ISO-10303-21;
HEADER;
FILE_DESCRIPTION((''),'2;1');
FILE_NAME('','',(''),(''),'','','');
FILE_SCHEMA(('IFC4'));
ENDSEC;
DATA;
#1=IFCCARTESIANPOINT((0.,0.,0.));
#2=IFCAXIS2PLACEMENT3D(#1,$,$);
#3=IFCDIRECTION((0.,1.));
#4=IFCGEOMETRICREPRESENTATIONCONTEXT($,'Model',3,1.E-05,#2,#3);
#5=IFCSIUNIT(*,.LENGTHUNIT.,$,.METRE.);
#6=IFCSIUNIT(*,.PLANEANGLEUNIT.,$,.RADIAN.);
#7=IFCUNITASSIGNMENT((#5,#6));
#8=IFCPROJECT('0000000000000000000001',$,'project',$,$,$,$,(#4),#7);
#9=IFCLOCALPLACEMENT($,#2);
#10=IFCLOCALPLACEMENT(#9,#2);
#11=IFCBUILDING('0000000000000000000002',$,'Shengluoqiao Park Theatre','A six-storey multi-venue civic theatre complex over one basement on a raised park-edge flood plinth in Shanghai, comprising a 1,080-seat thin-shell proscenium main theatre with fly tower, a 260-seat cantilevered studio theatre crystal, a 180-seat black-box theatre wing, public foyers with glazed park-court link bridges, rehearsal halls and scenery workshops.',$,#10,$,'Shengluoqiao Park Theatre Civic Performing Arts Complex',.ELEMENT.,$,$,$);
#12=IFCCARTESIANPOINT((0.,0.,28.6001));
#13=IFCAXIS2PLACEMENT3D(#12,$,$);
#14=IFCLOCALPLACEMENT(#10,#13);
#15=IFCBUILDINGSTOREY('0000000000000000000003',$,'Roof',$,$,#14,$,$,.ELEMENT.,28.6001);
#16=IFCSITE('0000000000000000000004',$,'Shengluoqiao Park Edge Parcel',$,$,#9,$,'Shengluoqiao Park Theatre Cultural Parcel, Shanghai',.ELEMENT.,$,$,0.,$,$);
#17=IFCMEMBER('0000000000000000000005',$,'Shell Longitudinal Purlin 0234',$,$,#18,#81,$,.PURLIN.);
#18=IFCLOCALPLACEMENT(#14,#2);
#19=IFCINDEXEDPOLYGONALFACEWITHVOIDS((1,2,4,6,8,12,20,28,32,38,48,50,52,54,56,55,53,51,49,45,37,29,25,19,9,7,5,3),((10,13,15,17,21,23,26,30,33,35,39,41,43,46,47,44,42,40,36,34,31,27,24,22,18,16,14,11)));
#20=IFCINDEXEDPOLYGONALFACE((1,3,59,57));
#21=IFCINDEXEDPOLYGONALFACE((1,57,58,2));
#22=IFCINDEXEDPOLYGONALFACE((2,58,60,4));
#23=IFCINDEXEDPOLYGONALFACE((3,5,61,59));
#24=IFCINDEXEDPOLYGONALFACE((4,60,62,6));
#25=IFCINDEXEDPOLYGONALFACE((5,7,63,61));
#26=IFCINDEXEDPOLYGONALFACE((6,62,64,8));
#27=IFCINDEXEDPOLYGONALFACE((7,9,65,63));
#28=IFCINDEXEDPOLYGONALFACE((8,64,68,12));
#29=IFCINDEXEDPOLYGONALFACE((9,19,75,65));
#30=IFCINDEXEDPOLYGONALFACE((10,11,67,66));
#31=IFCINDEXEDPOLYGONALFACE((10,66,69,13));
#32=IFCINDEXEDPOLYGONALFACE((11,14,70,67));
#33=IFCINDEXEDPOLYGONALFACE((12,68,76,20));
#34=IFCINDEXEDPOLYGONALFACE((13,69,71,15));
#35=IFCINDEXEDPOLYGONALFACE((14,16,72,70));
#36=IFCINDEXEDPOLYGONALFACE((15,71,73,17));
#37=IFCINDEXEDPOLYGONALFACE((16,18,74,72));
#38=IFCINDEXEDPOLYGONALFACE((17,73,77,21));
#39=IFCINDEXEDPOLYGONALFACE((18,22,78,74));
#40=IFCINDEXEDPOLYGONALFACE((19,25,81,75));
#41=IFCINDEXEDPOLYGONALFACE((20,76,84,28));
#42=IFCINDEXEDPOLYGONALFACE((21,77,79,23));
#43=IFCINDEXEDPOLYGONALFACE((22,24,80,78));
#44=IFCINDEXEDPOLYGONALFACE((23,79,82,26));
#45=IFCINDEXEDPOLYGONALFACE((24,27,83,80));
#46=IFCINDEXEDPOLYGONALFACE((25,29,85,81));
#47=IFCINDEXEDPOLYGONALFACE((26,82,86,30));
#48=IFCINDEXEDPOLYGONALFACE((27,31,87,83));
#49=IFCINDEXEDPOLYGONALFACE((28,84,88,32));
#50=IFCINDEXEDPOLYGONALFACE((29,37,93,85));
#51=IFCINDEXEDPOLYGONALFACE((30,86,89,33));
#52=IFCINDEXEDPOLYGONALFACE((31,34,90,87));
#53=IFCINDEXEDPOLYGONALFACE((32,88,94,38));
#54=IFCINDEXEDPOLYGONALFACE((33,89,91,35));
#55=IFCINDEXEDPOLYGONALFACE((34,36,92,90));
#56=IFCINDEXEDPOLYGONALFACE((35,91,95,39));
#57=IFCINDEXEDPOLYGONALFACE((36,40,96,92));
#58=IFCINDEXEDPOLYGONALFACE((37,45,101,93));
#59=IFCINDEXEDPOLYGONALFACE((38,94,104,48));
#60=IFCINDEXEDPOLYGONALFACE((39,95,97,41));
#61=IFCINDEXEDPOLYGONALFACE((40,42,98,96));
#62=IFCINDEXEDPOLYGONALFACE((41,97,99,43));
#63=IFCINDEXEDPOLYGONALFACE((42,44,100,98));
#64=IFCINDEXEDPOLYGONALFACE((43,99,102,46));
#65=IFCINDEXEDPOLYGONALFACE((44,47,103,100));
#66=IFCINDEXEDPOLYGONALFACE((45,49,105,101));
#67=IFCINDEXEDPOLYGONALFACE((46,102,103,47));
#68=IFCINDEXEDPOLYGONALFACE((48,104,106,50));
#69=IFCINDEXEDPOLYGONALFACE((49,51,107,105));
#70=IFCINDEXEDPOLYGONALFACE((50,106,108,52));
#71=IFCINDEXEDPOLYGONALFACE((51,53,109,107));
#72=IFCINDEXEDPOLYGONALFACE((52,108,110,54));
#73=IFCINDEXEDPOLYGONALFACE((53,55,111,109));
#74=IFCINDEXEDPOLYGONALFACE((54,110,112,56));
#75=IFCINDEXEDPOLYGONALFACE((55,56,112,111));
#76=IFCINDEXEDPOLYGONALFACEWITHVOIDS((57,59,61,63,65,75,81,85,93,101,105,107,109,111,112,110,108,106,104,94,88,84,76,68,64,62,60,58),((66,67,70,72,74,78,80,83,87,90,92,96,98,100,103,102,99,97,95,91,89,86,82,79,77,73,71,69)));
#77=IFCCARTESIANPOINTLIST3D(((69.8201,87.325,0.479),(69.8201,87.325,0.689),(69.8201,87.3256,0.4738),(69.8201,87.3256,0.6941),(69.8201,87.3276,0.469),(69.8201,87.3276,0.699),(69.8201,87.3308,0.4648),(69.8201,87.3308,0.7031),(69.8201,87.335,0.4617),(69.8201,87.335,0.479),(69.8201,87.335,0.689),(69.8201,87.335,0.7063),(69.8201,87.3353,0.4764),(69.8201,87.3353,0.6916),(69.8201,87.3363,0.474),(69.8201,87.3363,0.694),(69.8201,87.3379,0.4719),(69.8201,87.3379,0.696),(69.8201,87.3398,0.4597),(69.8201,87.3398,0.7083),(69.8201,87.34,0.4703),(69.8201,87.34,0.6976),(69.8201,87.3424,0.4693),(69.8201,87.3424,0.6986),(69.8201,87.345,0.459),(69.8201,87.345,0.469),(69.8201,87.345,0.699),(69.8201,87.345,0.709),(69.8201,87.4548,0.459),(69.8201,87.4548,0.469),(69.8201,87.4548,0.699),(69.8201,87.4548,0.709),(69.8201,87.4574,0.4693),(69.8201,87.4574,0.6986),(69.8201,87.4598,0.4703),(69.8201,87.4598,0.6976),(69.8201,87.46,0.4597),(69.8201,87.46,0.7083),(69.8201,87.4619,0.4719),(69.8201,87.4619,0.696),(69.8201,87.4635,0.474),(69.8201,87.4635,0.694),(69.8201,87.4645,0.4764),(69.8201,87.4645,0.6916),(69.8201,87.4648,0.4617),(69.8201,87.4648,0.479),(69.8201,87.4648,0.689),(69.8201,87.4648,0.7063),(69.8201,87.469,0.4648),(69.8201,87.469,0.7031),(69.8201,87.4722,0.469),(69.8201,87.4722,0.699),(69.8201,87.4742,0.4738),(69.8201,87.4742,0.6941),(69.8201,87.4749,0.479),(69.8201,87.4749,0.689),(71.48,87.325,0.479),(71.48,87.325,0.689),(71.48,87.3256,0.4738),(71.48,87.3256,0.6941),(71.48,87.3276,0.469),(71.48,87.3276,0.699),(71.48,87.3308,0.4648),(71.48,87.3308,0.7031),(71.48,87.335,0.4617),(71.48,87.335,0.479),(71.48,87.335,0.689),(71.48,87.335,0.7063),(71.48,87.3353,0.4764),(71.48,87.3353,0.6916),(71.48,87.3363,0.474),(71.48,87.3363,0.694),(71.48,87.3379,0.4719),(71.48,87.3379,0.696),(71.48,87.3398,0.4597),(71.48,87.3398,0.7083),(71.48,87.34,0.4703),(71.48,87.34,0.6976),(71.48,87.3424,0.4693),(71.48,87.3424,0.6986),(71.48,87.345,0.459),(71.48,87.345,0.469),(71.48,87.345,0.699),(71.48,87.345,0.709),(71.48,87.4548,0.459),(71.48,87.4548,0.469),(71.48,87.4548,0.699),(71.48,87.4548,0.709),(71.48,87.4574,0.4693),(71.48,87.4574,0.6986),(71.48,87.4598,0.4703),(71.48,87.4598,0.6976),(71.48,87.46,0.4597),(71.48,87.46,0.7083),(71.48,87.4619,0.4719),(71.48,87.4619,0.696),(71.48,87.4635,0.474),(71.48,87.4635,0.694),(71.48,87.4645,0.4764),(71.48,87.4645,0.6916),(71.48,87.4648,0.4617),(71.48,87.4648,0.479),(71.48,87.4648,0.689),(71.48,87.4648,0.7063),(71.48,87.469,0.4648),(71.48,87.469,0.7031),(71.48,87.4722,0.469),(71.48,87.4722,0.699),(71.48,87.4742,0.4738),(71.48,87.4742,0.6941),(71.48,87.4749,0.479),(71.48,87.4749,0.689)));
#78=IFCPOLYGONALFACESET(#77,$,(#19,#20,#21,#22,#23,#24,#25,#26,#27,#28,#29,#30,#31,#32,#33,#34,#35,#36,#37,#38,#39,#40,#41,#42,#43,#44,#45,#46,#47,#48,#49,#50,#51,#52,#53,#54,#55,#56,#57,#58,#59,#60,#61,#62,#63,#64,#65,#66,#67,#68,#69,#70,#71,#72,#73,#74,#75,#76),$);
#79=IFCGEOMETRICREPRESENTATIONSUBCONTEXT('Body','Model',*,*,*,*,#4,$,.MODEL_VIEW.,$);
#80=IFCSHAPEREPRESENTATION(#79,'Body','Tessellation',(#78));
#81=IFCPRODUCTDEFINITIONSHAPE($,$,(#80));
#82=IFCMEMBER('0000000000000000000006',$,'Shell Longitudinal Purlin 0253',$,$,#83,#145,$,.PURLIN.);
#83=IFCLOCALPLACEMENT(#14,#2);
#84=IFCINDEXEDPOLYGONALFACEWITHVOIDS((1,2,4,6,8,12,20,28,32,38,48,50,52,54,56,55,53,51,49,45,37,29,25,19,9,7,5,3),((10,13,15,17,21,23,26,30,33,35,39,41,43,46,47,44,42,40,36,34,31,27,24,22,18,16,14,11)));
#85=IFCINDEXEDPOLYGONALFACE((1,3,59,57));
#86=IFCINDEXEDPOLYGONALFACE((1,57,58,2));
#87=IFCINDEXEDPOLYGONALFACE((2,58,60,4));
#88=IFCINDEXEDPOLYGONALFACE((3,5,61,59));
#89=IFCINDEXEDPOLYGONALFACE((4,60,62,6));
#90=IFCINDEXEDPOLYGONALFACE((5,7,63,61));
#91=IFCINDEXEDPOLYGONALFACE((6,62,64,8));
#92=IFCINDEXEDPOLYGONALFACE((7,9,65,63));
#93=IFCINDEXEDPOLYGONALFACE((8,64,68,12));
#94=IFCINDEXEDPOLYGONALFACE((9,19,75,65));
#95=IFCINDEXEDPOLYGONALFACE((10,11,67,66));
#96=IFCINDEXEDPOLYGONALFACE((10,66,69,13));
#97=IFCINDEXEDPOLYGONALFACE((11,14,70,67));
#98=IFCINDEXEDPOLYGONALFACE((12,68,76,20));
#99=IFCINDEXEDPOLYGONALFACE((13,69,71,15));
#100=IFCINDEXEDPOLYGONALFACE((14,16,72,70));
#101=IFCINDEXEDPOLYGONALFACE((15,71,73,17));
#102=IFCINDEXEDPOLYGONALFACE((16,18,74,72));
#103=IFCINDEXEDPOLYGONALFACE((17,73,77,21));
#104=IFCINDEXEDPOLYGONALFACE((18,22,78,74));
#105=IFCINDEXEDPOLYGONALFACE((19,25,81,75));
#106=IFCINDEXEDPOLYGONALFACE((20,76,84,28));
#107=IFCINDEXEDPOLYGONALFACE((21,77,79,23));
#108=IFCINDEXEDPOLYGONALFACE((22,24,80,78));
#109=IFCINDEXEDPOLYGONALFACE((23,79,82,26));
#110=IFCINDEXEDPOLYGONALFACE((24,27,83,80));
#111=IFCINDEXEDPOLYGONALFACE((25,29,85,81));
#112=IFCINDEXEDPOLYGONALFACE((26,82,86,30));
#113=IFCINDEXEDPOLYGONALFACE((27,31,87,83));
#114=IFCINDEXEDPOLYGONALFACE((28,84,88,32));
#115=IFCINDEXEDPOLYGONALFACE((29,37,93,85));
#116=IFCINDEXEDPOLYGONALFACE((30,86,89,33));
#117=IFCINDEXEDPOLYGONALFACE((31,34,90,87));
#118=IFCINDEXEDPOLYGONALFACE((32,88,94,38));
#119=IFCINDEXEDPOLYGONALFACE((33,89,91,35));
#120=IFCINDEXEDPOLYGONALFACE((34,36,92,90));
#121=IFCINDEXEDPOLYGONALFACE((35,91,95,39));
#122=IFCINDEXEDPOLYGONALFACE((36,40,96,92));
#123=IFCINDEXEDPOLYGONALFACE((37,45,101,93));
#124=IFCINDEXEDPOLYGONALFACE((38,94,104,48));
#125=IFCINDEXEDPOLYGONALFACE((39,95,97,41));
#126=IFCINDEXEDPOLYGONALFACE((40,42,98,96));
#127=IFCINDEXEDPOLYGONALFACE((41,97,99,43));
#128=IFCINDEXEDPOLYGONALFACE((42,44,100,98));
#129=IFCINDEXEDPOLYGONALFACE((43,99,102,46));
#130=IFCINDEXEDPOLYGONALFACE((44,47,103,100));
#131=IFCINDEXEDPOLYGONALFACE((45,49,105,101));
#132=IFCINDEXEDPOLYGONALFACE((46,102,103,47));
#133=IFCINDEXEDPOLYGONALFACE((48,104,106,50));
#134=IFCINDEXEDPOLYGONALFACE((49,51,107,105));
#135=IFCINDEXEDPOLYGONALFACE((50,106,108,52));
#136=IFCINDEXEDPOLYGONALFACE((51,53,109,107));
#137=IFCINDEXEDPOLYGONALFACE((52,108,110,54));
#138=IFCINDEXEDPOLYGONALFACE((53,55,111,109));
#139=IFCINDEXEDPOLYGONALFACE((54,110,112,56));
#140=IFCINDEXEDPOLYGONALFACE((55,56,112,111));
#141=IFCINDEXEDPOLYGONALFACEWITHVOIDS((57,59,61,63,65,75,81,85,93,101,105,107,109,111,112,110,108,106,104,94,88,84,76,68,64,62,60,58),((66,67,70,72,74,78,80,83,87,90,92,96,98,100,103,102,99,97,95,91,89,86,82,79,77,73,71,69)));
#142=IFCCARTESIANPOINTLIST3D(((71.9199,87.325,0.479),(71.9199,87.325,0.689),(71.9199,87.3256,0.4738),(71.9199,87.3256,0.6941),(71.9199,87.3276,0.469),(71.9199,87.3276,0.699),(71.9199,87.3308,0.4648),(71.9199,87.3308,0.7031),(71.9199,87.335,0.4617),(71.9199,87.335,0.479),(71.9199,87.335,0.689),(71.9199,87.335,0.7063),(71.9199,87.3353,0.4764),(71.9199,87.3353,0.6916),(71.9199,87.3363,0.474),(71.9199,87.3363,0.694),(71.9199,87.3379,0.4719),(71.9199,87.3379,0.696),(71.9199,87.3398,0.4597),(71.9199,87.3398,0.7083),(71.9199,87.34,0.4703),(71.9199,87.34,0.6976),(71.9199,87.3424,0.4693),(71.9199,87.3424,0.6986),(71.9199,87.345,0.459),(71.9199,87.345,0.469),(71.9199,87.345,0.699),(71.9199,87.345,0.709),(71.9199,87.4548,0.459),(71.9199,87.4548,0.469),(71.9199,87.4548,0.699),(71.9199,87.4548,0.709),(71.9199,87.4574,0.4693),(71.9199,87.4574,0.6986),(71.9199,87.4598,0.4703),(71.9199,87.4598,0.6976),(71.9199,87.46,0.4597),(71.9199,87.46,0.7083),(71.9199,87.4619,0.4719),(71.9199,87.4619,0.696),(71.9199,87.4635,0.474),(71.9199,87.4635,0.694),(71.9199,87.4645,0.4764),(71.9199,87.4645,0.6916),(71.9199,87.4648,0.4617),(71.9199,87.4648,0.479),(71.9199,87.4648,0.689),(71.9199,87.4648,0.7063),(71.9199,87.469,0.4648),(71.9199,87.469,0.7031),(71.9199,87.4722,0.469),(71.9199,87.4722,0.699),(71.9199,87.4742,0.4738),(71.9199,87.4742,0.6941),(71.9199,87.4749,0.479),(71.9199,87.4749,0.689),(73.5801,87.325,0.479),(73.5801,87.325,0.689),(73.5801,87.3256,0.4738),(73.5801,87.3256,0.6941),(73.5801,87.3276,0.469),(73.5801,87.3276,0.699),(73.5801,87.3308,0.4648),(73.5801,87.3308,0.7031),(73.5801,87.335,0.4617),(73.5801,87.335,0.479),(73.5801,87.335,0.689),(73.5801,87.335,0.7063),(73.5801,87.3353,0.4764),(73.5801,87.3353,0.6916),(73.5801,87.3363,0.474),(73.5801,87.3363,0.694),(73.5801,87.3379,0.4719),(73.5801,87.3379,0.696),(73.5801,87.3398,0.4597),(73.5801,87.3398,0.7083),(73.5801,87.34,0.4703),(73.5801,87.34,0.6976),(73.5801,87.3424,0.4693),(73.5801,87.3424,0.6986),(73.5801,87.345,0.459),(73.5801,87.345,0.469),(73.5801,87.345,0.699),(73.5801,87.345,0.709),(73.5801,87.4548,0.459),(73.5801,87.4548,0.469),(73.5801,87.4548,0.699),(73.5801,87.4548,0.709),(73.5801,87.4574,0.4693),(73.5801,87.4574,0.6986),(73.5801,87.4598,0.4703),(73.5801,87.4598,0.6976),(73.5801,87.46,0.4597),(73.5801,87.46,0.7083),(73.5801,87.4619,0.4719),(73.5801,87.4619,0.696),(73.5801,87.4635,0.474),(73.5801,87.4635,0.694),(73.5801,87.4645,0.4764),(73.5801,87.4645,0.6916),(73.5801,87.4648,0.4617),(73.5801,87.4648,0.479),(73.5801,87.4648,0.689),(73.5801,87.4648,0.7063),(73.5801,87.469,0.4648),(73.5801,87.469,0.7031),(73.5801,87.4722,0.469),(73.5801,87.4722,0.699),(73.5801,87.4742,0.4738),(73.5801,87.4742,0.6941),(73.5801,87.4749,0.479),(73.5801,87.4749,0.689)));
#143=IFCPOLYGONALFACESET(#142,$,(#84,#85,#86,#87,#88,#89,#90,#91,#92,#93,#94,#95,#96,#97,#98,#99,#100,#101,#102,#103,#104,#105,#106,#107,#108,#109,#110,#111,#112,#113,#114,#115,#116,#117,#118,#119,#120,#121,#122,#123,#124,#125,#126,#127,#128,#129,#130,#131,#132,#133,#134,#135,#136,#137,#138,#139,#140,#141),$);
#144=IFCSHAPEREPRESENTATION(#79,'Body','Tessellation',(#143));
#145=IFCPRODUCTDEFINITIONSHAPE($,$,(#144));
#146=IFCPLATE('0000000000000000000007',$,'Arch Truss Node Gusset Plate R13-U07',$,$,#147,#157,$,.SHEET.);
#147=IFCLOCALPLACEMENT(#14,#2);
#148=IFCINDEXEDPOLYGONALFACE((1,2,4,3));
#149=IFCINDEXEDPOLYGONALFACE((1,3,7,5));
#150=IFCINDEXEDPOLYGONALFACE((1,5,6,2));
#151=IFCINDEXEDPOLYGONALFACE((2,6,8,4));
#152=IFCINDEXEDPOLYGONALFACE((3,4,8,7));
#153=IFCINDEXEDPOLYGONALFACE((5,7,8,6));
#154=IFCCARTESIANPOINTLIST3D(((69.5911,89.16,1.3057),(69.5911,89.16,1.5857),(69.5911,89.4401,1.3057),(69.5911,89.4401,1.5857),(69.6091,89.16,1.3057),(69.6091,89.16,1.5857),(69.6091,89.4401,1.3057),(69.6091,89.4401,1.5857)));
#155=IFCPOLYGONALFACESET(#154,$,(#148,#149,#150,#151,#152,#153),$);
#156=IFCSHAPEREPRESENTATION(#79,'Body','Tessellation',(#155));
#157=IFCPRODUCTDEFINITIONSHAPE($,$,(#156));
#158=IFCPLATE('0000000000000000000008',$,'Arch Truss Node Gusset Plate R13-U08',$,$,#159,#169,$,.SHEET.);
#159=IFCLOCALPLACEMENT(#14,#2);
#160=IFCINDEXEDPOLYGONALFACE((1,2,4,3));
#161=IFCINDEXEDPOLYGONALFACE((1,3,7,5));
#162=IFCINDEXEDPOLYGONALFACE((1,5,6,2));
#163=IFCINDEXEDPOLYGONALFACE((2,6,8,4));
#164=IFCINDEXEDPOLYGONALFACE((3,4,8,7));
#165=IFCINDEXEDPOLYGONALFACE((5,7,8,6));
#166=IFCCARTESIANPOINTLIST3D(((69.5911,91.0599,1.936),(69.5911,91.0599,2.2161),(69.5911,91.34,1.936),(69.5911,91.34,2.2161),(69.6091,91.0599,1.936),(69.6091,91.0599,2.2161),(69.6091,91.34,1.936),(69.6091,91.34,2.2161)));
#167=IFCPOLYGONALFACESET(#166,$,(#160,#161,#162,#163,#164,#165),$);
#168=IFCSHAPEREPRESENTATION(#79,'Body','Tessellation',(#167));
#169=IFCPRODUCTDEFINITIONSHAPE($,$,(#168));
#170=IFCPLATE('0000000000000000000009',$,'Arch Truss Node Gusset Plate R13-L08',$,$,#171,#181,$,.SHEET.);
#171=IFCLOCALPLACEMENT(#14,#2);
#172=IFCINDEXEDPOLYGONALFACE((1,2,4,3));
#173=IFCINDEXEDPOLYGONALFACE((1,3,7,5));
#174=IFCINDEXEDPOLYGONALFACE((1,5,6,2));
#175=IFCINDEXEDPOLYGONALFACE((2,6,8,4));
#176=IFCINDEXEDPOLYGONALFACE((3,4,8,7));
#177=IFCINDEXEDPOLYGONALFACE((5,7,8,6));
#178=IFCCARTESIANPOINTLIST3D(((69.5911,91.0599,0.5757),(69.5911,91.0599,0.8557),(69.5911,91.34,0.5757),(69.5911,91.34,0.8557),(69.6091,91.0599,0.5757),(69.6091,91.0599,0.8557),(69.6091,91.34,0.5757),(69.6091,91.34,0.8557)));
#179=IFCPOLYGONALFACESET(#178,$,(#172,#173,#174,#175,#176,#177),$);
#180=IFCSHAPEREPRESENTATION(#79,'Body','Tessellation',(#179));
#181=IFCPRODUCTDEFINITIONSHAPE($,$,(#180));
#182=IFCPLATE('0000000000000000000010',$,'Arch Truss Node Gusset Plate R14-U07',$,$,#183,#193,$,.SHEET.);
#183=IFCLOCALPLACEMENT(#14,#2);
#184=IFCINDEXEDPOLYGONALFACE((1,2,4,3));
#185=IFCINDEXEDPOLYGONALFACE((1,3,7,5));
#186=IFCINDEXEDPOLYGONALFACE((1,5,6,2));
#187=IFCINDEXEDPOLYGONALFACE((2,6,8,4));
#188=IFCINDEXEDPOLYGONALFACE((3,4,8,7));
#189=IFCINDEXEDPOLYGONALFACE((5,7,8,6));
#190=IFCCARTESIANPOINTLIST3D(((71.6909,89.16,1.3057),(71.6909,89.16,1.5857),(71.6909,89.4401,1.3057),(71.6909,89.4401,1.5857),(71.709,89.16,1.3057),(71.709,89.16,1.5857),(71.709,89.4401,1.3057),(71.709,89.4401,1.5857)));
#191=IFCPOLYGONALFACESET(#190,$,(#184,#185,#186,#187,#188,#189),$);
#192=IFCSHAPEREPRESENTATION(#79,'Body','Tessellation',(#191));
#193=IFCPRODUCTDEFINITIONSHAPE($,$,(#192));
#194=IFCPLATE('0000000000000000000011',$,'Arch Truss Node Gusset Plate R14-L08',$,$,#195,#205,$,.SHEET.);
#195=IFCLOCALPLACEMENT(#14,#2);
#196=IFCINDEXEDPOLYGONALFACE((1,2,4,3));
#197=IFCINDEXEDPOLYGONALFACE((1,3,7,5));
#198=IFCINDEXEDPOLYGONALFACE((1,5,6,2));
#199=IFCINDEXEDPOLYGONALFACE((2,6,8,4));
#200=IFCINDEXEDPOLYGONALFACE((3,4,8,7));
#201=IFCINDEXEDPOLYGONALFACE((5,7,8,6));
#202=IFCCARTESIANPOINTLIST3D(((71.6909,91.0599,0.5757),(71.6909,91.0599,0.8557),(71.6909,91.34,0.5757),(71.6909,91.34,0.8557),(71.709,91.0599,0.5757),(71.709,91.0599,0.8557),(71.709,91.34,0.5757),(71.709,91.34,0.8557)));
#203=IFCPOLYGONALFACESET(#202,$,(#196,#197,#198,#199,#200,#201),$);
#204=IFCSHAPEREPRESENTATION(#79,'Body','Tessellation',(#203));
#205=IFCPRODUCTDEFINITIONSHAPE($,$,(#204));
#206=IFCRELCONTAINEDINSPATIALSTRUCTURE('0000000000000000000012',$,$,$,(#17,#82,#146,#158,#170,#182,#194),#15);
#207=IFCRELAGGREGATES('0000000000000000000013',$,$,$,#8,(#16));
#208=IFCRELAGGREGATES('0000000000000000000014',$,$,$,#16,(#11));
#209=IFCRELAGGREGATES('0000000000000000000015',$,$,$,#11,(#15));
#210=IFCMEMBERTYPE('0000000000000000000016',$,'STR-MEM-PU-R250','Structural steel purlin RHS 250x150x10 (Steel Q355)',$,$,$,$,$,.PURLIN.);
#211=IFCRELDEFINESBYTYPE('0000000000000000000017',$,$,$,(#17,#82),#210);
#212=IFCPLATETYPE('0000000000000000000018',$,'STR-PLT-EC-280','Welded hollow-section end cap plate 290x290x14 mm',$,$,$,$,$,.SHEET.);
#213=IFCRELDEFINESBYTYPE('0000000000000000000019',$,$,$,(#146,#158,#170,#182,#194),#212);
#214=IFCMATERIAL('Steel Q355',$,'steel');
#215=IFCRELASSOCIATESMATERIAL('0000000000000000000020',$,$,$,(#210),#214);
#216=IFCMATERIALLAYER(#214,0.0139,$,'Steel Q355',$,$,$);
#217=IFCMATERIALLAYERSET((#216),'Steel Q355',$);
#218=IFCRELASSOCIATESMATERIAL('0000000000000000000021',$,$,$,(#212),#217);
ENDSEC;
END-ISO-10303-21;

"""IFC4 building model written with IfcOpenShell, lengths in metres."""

from ifc_helpers import new_model, si_unit, direction, frame, origin, origin_2d, place, context, subcontext, project, spatial, rectangle, hollow_rectangle, extrude, material, layer, layer_set, material_profile, profile_set, type_object, element, save


model = new_model("IFC4")

# Units and contexts
model_context = context("Model", 3, precision=1e-05, world=origin(), true_north=direction((0.0, 1.0)))
body_context = subcontext(model_context, "Body", "Model", "MODEL_VIEW")
ifc_project = project(units=[si_unit("LENGTHUNIT", "METRE"), si_unit("PLANEANGLEUNIT", "RADIAN")], contexts=[model_context])

# Site, building, storey
site_placement = place(None, origin())
site = spatial("IfcSite", under=ifc_project, at=site_placement, Name="Shengluoqiao Park Edge Parcel", LongName="Shengluoqiao Park Theatre Cultural Parcel, Shanghai", CompositionType="ELEMENT", RefElevation=0.0)
building_placement = place(site_placement, origin())
building = spatial("IfcBuilding", under=site, at=building_placement, Name="Shengluoqiao Park Theatre", Description="A six-storey multi-venue civic theatre complex over one basement on a raised park-edge flood plinth in Shanghai, comprising a 1,080-seat thin-shell proscenium main theatre with fly tower, a 260-seat cantilevered studio theatre crystal, a 180-seat black-box theatre wing, public foyers with glazed park-court link bridges, rehearsal halls and scenery workshops.", LongName="Shengluoqiao Park Theatre Civic Performing Arts Complex", CompositionType="ELEMENT")
storey_placement = place(building_placement, frame((0.0, 0.0, 28.6001)))
storey = spatial("IfcBuildingStorey", under=building, at=storey_placement, Name="Roof", CompositionType="ELEMENT", Elevation=28.6001)

# Shared definitions
ifc_material_1 = material(Name="Steel Q355", Category="steel")

# Members
ifc_material_profile_1 = material_profile(ifc_material_1, hollow_rectangle(XDim=0.1499, YDim=0.25, WallThickness=0.01, InnerFilletRadius=0.01, OuterFilletRadius=0.02, at=origin_2d()), Name="RHS 250x150x10")
ifc_profile_set_1 = profile_set([ifc_material_profile_1], Name="Steel Q355")
member_type_1 = type_object("IfcMemberType", Name="STR-MEM-PU-R250", Description="Structural steel purlin RHS 250x150x10 (Steel Q355)", PredefinedType="PURLIN", material=ifc_profile_set_1)
for number, where, z_axis, x_axis, name in (
    (1, (69.8201, 87.3999, 0.584), (1.0, 0.0, 0.0), (0.0, 1.0, 0.0), "Shell Longitudinal Purlin 0234"),
):
    element("IfcMember", number, at=place(storey_placement, frame(where, z_axis=z_axis, x_axis=x_axis)), inside=storey, type_object=member_type_1, Name=name, PredefinedType="PURLIN", context=body_context, shape_type="SweptSolid", body=[
        extrude(hollow_rectangle(XDim=0.1499, YDim=0.25, WallThickness=0.01, InnerFilletRadius=0.01, OuterFilletRadius=0.02, at=origin_2d()), origin(), (0.0, 0.0, 1.0), 1.6599),
    ])
member_1_placement = place(storey_placement, frame((71.9199, 87.3999, 0.584), z_axis=(1.0, 0.0, 0.0), x_axis=(0.0, 1.0, 0.0)))
element("IfcMember", 2, at=member_1_placement, inside=storey, type_object=member_type_1, Name="Shell Longitudinal Purlin 0253", PredefinedType="PURLIN", context=body_context, shape_type="SweptSolid", body=[
    extrude(hollow_rectangle(XDim=0.1499, YDim=0.25, WallThickness=0.01, InnerFilletRadius=0.01, OuterFilletRadius=0.02, at=origin_2d()), origin(), (0.0, 0.0, 1.0), 1.6602),
])

# Plates
ifc_layer_1 = layer(ifc_material_1, 0.0139, Name="Steel Q355")
ifc_layer_set_1 = layer_set([ifc_layer_1], Name="Steel Q355")
plate_type_1 = type_object("IfcPlateType", Name="STR-PLT-EC-280", Description="Welded hollow-section end cap plate 290x290x14 mm", PredefinedType="SHEET", material=ifc_layer_set_1)
for number, where, z_axis, x_axis, name in (
    (3, (69.6001, 89.3, 1.3057), (0.0, 0.0, 1.0), (1.0, 0.0, 0.0), "Arch Truss Node Gusset Plate R13-U07"),
    (4, (69.6001, 91.2, 1.936), (0.0, 0.0, 1.0), (1.0, 0.0, 0.0), "Arch Truss Node Gusset Plate R13-U08"),
    (5, (69.6001, 91.2, 0.5757), (0.0, 0.0, 1.0), (1.0, 0.0, 0.0), "Arch Truss Node Gusset Plate R13-L08"),
    (6, (71.7, 89.3, 1.3057), (0.0, 0.0, 1.0), (1.0, 0.0, 0.0), "Arch Truss Node Gusset Plate R14-U07"),
    (7, (71.7, 91.2, 0.5757), (0.0, 0.0, 1.0), (1.0, 0.0, 0.0), "Arch Truss Node Gusset Plate R14-L08"),
):
    element("IfcPlate", number, at=place(storey_placement, frame(where, z_axis=z_axis, x_axis=x_axis)), inside=storey, type_object=plate_type_1, Name=name, PredefinedType="SHEET", context=body_context, shape_type="SweptSolid", body=[
        extrude(rectangle(XDim=0.0181, YDim=0.28, at=origin_2d()), origin(), (0.0, 0.0, 1.0), 0.28),
    ])

save(model, "model.ifc")
